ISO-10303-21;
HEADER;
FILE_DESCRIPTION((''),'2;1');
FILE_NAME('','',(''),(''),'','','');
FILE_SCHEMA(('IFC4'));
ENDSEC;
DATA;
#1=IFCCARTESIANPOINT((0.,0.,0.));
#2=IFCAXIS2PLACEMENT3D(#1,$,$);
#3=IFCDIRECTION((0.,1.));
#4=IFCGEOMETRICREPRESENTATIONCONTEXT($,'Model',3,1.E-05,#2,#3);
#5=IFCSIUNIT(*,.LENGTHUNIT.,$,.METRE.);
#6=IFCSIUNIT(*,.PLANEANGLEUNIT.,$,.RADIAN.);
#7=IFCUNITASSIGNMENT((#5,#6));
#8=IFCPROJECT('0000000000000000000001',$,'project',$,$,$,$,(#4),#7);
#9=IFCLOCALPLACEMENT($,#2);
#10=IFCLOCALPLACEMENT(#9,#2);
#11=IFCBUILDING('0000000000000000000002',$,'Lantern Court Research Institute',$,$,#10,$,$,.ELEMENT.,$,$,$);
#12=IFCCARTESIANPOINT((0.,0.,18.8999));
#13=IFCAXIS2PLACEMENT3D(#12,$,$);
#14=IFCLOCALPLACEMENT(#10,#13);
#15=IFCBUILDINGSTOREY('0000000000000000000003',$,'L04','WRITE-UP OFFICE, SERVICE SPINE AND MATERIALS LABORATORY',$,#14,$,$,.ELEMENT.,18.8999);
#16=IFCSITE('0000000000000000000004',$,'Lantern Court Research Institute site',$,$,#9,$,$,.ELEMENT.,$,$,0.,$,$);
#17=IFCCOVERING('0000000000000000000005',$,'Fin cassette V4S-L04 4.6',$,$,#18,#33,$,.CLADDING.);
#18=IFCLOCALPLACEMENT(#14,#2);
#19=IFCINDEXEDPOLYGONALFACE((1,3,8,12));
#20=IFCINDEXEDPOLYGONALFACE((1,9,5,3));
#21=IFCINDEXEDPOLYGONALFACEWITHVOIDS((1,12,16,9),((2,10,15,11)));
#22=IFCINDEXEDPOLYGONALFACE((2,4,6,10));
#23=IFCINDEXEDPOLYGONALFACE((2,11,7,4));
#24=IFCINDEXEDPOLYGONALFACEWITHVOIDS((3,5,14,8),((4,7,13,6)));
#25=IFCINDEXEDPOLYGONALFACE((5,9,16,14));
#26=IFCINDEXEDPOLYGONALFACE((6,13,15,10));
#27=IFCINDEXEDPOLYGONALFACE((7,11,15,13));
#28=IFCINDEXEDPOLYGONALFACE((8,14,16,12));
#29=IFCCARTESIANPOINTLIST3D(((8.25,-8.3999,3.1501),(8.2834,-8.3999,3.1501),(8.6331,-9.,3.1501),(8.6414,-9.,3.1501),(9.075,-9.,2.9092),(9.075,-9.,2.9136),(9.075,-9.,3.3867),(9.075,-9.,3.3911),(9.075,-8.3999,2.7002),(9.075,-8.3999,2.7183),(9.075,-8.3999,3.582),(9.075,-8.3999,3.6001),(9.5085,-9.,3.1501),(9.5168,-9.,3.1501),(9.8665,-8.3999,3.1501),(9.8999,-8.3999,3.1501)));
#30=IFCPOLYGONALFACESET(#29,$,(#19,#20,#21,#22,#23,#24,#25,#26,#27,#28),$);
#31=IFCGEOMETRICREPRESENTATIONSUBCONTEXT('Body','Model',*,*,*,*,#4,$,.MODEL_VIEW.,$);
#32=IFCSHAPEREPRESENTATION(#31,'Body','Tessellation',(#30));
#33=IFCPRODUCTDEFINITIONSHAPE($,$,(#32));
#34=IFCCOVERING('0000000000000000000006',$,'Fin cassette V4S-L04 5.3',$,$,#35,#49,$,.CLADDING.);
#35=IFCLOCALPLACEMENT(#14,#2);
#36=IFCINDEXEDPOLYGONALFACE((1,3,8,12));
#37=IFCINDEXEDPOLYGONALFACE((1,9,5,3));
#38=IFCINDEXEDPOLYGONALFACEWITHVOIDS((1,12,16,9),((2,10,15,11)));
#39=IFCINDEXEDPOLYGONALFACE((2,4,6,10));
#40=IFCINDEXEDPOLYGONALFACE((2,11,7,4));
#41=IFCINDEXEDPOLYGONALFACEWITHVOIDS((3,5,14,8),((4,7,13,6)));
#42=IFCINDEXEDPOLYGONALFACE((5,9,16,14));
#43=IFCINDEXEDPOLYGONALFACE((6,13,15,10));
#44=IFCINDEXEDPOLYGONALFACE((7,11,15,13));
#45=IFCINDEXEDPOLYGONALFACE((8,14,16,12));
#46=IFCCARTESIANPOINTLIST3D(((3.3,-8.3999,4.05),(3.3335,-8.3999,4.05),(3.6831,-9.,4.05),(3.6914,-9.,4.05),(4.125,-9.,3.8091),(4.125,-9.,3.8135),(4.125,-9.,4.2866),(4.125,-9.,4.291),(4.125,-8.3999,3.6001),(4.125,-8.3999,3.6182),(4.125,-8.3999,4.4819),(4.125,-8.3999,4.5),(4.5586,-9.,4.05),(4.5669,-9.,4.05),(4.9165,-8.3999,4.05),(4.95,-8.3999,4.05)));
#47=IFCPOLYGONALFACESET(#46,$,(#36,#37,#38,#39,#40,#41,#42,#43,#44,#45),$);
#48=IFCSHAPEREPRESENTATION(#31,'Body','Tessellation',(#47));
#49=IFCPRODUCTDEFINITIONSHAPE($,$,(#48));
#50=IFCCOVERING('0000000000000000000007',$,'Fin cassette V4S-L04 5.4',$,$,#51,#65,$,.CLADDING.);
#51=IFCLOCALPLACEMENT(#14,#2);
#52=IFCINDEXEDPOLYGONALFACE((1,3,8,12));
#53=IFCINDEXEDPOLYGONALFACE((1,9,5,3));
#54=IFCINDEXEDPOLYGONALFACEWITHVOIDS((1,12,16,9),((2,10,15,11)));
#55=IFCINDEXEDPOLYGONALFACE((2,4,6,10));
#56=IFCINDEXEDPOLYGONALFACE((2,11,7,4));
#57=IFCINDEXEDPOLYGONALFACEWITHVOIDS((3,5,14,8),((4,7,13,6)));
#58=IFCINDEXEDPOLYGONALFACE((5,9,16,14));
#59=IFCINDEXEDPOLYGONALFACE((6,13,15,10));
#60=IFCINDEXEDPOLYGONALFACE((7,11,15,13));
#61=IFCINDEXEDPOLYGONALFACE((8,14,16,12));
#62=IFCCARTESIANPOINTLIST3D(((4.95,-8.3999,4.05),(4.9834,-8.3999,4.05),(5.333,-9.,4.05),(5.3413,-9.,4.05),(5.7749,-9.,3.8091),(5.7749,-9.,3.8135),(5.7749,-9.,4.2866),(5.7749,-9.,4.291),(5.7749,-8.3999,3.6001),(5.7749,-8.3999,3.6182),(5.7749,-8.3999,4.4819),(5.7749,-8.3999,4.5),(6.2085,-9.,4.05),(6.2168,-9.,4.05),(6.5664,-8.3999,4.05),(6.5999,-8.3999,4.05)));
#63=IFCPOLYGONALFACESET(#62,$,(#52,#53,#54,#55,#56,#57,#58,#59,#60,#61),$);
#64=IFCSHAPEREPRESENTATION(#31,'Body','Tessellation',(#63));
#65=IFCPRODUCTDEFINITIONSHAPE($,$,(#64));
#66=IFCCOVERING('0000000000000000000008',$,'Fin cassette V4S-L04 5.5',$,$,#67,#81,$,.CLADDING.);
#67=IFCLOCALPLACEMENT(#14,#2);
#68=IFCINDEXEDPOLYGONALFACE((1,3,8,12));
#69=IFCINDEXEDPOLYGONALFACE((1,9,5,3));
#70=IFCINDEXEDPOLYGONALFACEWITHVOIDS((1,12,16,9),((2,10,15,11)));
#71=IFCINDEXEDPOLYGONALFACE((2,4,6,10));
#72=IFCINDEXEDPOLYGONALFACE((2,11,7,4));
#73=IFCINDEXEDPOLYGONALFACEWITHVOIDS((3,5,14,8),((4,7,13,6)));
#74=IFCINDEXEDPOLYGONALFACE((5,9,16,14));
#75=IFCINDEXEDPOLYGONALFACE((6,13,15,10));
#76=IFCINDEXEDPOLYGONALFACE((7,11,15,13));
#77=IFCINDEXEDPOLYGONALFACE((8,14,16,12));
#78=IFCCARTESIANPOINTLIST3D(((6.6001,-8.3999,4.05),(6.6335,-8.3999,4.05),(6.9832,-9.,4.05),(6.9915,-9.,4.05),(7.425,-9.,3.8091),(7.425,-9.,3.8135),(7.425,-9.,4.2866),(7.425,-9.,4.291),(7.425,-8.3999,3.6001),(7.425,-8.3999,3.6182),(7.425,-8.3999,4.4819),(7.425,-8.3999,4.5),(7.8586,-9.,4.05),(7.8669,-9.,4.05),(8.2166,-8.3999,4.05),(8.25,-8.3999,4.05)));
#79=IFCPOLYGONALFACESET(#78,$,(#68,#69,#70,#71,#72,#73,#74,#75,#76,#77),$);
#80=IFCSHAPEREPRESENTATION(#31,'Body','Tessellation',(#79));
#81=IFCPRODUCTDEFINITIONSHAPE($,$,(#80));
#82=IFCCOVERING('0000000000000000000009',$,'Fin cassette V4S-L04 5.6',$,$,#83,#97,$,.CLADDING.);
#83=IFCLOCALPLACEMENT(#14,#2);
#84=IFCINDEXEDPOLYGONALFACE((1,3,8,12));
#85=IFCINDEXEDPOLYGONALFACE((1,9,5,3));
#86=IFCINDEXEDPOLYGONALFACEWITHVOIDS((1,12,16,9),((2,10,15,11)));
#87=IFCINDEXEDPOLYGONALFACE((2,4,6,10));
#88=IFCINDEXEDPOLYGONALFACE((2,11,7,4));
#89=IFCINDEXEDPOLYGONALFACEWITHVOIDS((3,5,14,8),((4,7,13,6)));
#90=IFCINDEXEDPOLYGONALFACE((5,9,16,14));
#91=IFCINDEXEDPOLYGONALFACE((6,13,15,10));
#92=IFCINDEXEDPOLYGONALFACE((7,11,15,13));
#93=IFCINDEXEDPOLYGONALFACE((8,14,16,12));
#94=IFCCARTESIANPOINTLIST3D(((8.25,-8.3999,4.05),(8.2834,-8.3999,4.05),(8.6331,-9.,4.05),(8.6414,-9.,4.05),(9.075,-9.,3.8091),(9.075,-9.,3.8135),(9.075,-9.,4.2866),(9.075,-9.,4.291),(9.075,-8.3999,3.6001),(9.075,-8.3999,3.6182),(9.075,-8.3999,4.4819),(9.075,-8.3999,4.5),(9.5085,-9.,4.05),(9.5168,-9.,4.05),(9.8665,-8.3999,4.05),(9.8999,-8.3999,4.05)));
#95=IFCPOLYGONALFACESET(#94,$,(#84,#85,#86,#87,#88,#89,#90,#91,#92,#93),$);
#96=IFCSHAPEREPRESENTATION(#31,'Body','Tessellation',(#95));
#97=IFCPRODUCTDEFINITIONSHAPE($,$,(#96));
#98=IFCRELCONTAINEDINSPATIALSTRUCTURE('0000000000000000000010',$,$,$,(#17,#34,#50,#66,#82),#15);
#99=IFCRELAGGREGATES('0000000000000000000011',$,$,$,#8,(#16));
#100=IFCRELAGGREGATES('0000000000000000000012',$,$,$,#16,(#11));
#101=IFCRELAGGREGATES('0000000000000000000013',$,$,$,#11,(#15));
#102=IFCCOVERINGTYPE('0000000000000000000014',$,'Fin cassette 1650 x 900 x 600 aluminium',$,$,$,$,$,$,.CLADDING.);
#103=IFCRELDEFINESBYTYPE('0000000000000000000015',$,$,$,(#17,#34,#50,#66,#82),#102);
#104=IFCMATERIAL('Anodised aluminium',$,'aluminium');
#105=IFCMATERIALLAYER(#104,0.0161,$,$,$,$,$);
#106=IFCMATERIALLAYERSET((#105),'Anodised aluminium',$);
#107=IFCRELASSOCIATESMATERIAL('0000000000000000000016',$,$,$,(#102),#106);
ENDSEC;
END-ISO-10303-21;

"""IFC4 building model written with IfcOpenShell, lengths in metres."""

from ifc_helpers import new_model, entity, si_unit, direction, frame, origin, place, context, subcontext, project, spatial, material, layer, layer_set, type_object, element, save


model = new_model("IFC4")

# Units and contexts
model_context = context("Model", 3, precision=1e-05, world=origin(), true_north=direction((0.0, 1.0)))
body_context = subcontext(model_context, "Body", "Model", "MODEL_VIEW")
ifc_project = project(units=[si_unit("LENGTHUNIT", "METRE"), si_unit("PLANEANGLEUNIT", "RADIAN")], contexts=[model_context])

# Site, building, storey
site_placement = place(None, origin())
site = spatial("IfcSite", under=ifc_project, at=site_placement, Name="Lantern Court Research Institute site", CompositionType="ELEMENT", RefElevation=0.0)
building_placement = place(site_placement, origin())
building = spatial("IfcBuilding", under=site, at=building_placement, Name="Lantern Court Research Institute", CompositionType="ELEMENT")
storey_placement = place(building_placement, frame((0.0, 0.0, 18.8999)))
storey = spatial("IfcBuildingStorey", under=building, at=storey_placement, Name="L04", Description="WRITE-UP OFFICE, SERVICE SPINE AND MATERIALS LABORATORY", CompositionType="ELEMENT", Elevation=18.8999)

# Coverings
ifc_material_1 = material(Name="Anodised aluminium", Category="aluminium")
ifc_layer_1 = layer(ifc_material_1, 0.0161)
ifc_layer_set_1 = layer_set([ifc_layer_1], Name="Anodised aluminium")
covering_type = type_object("IfcCoveringType", Name="Fin cassette 1650 x 900 x 600 aluminium", PredefinedType="CLADDING", material=ifc_layer_set_1)
covering_1_placement = place(storey_placement, frame((9.075, -8.3999, 3.1501), z_axis=(0.0, -1.0, 0.0), x_axis=(1.0, 0.0, 0.0)))
cartesian_point_1 = entity("IfcCartesianPoint", [0.825, 0.0])
cartesian_point_2 = entity("IfcCartesianPoint", [0.7915, 0.0])
cartesian_point_3 = entity("IfcCartesianPoint", [0.4419, 0.0])
cartesian_point_4 = entity("IfcCartesianPoint", [0.4336, 0.0])
element("IfcCovering", 1, at=covering_1_placement, inside=storey, type_object=covering_type, Name="Fin cassette V4S-L04 4.6", PredefinedType="CLADDING", context=body_context, shape_type="SweptSolid", body=[
    entity("IfcExtrudedAreaSolidTapered", entity("IfcArbitraryProfileDefWithVoids", "AREA", None, entity("IfcPolyline", [cartesian_point_1, entity("IfcCartesianPoint", [0.0, 0.45]), entity("IfcCartesianPoint", [-0.825, 0.0]), entity("IfcCartesianPoint", [0.0, -0.45]), cartesian_point_1]), [entity("IfcPolyline", [cartesian_point_2, entity("IfcCartesianPoint", [0.0, 0.4319]), entity("IfcCartesianPoint", [-0.7915, 0.0]), entity("IfcCartesianPoint", [0.0, -0.4319]), cartesian_point_2])]), entity("IfcAxis2Placement3D", entity("IfcCartesianPoint", [0.0, 0.0, 0.0])), entity("IfcDirection", [0.0, 0.0, 1.0]), 0.6001, entity("IfcArbitraryProfileDefWithVoids", "AREA", None, entity("IfcPolyline", [cartesian_point_3, entity("IfcCartesianPoint", [0.0, 0.241]), entity("IfcCartesianPoint", [-0.4419, 0.0]), entity("IfcCartesianPoint", [0.0, -0.241]), cartesian_point_3]), [entity("IfcPolyline", [cartesian_point_4, entity("IfcCartesianPoint", [0.0, 0.2366]), entity("IfcCartesianPoint", [-0.4336, 0.0]), entity("IfcCartesianPoint", [0.0, -0.2366]), cartesian_point_4])])),
])
covering_2_placement = place(storey_placement, frame((4.125, -8.3999, 4.05), z_axis=(0.0, -1.0, 0.0), x_axis=(1.0, 0.0, 0.0)))
cartesian_point_5 = entity("IfcCartesianPoint", [0.825, 0.0])
cartesian_point_6 = entity("IfcCartesianPoint", [0.7915, 0.0])
cartesian_point_7 = entity("IfcCartesianPoint", [0.4419, 0.0])
cartesian_point_8 = entity("IfcCartesianPoint", [0.4336, 0.0])
element("IfcCovering", 2, at=covering_2_placement, inside=storey, type_object=covering_type, Name="Fin cassette V4S-L04 5.3", PredefinedType="CLADDING", context=body_context, shape_type="SweptSolid", body=[
    entity("IfcExtrudedAreaSolidTapered", entity("IfcArbitraryProfileDefWithVoids", "AREA", None, entity("IfcPolyline", [cartesian_point_5, entity("IfcCartesianPoint", [0.0, 0.45]), entity("IfcCartesianPoint", [-0.825, 0.0]), entity("IfcCartesianPoint", [0.0, -0.45]), cartesian_point_5]), [entity("IfcPolyline", [cartesian_point_6, entity("IfcCartesianPoint", [0.0, 0.4319]), entity("IfcCartesianPoint", [-0.7915, 0.0]), entity("IfcCartesianPoint", [0.0, -0.4319]), cartesian_point_6])]), entity("IfcAxis2Placement3D", entity("IfcCartesianPoint", [0.0, 0.0, 0.0])), entity("IfcDirection", [0.0, 0.0, 1.0]), 0.6001, entity("IfcArbitraryProfileDefWithVoids", "AREA", None, entity("IfcPolyline", [cartesian_point_7, entity("IfcCartesianPoint", [0.0, 0.241]), entity("IfcCartesianPoint", [-0.4419, 0.0]), entity("IfcCartesianPoint", [0.0, -0.241]), cartesian_point_7]), [entity("IfcPolyline", [cartesian_point_8, entity("IfcCartesianPoint", [0.0, 0.2366]), entity("IfcCartesianPoint", [-0.4336, 0.0]), entity("IfcCartesianPoint", [0.0, -0.2366]), cartesian_point_8])])),
])
covering_3_placement = place(storey_placement, frame((5.7749, -8.3999, 4.05), z_axis=(0.0, -1.0, 0.0), x_axis=(1.0, 0.0, 0.0)))
cartesian_point_9 = entity("IfcCartesianPoint", [0.825, 0.0])
cartesian_point_10 = entity("IfcCartesianPoint", [0.7915, 0.0])
cartesian_point_11 = entity("IfcCartesianPoint", [0.4419, 0.0])
cartesian_point_12 = entity("IfcCartesianPoint", [0.4336, 0.0])
element("IfcCovering", 3, at=covering_3_placement, inside=storey, type_object=covering_type, Name="Fin cassette V4S-L04 5.4", PredefinedType="CLADDING", context=body_context, shape_type="SweptSolid", body=[
    entity("IfcExtrudedAreaSolidTapered", entity("IfcArbitraryProfileDefWithVoids", "AREA", None, entity("IfcPolyline", [cartesian_point_9, entity("IfcCartesianPoint", [0.0, 0.45]), entity("IfcCartesianPoint", [-0.825, 0.0]), entity("IfcCartesianPoint", [0.0, -0.45]), cartesian_point_9]), [entity("IfcPolyline", [cartesian_point_10, entity("IfcCartesianPoint", [0.0, 0.4319]), entity("IfcCartesianPoint", [-0.7915, 0.0]), entity("IfcCartesianPoint", [0.0, -0.4319]), cartesian_point_10])]), entity("IfcAxis2Placement3D", entity("IfcCartesianPoint", [0.0, 0.0, 0.0])), entity("IfcDirection", [0.0, 0.0, 1.0]), 0.6001, entity("IfcArbitraryProfileDefWithVoids", "AREA", None, entity("IfcPolyline", [cartesian_point_11, entity("IfcCartesianPoint", [0.0, 0.241]), entity("IfcCartesianPoint", [-0.4419, 0.0]), entity("IfcCartesianPoint", [0.0, -0.241]), cartesian_point_11]), [entity("IfcPolyline", [cartesian_point_12, entity("IfcCartesianPoint", [0.0, 0.2366]), entity("IfcCartesianPoint", [-0.4336, 0.0]), entity("IfcCartesianPoint", [0.0, -0.2366]), cartesian_point_12])])),
])
covering_4_placement = place(storey_placement, frame((7.425, -8.3999, 4.05), z_axis=(0.0, -1.0, 0.0), x_axis=(1.0, 0.0, 0.0)))
cartesian_point_13 = entity("IfcCartesianPoint", [0.825, 0.0])
cartesian_point_14 = entity("IfcCartesianPoint", [0.7915, 0.0])
cartesian_point_15 = entity("IfcCartesianPoint", [0.4419, 0.0])
cartesian_point_16 = entity("IfcCartesianPoint", [0.4336, 0.0])
element("IfcCovering", 4, at=covering_4_placement, inside=storey, type_object=covering_type, Name="Fin cassette V4S-L04 5.5", PredefinedType="CLADDING", context=body_context, shape_type="SweptSolid", body=[
    entity("IfcExtrudedAreaSolidTapered", entity("IfcArbitraryProfileDefWithVoids", "AREA", None, entity("IfcPolyline", [cartesian_point_13, entity("IfcCartesianPoint", [0.0, 0.45]), entity("IfcCartesianPoint", [-0.825, 0.0]), entity("IfcCartesianPoint", [0.0, -0.45]), cartesian_point_13]), [entity("IfcPolyline", [cartesian_point_14, entity("IfcCartesianPoint", [0.0, 0.4319]), entity("IfcCartesianPoint", [-0.7915, 0.0]), entity("IfcCartesianPoint", [0.0, -0.4319]), cartesian_point_14])]), entity("IfcAxis2Placement3D", entity("IfcCartesianPoint", [0.0, 0.0, 0.0])), entity("IfcDirection", [0.0, 0.0, 1.0]), 0.6001, entity("IfcArbitraryProfileDefWithVoids", "AREA", None, entity("IfcPolyline", [cartesian_point_15, entity("IfcCartesianPoint", [0.0, 0.241]), entity("IfcCartesianPoint", [-0.4419, 0.0]), entity("IfcCartesianPoint", [0.0, -0.241]), cartesian_point_15]), [entity("IfcPolyline", [cartesian_point_16, entity("IfcCartesianPoint", [0.0, 0.2366]), entity("IfcCartesianPoint", [-0.4336, 0.0]), entity("IfcCartesianPoint", [0.0, -0.2366]), cartesian_point_16])])),
])
covering_5_placement = place(storey_placement, frame((9.075, -8.3999, 4.05), z_axis=(0.0, -1.0, 0.0), x_axis=(1.0, 0.0, 0.0)))
cartesian_point_17 = entity("IfcCartesianPoint", [0.825, 0.0])
cartesian_point_18 = entity("IfcCartesianPoint", [0.7915, 0.0])
cartesian_point_19 = entity("IfcCartesianPoint", [0.4419, 0.0])
cartesian_point_20 = entity("IfcCartesianPoint", [0.4336, 0.0])
element("IfcCovering", 5, at=covering_5_placement, inside=storey, type_object=covering_type, Name="Fin cassette V4S-L04 5.6", PredefinedType="CLADDING", context=body_context, shape_type="SweptSolid", body=[
    entity("IfcExtrudedAreaSolidTapered", entity("IfcArbitraryProfileDefWithVoids", "AREA", None, entity("IfcPolyline", [cartesian_point_17, entity("IfcCartesianPoint", [0.0, 0.45]), entity("IfcCartesianPoint", [-0.825, 0.0]), entity("IfcCartesianPoint", [0.0, -0.45]), cartesian_point_17]), [entity("IfcPolyline", [cartesian_point_18, entity("IfcCartesianPoint", [0.0, 0.4319]), entity("IfcCartesianPoint", [-0.7915, 0.0]), entity("IfcCartesianPoint", [0.0, -0.4319]), cartesian_point_18])]), entity("IfcAxis2Placement3D", entity("IfcCartesianPoint", [0.0, 0.0, 0.0])), entity("IfcDirection", [0.0, 0.0, 1.0]), 0.6001, entity("IfcArbitraryProfileDefWithVoids", "AREA", None, entity("IfcPolyline", [cartesian_point_19, entity("IfcCartesianPoint", [0.0, 0.241]), entity("IfcCartesianPoint", [-0.4419, 0.0]), entity("IfcCartesianPoint", [0.0, -0.241]), cartesian_point_19]), [entity("IfcPolyline", [cartesian_point_20, entity("IfcCartesianPoint", [0.0, 0.2366]), entity("IfcCartesianPoint", [-0.4336, 0.0]), entity("IfcCartesianPoint", [0.0, -0.2366]), cartesian_point_20])])),
])

save(model, "model.ifc")
